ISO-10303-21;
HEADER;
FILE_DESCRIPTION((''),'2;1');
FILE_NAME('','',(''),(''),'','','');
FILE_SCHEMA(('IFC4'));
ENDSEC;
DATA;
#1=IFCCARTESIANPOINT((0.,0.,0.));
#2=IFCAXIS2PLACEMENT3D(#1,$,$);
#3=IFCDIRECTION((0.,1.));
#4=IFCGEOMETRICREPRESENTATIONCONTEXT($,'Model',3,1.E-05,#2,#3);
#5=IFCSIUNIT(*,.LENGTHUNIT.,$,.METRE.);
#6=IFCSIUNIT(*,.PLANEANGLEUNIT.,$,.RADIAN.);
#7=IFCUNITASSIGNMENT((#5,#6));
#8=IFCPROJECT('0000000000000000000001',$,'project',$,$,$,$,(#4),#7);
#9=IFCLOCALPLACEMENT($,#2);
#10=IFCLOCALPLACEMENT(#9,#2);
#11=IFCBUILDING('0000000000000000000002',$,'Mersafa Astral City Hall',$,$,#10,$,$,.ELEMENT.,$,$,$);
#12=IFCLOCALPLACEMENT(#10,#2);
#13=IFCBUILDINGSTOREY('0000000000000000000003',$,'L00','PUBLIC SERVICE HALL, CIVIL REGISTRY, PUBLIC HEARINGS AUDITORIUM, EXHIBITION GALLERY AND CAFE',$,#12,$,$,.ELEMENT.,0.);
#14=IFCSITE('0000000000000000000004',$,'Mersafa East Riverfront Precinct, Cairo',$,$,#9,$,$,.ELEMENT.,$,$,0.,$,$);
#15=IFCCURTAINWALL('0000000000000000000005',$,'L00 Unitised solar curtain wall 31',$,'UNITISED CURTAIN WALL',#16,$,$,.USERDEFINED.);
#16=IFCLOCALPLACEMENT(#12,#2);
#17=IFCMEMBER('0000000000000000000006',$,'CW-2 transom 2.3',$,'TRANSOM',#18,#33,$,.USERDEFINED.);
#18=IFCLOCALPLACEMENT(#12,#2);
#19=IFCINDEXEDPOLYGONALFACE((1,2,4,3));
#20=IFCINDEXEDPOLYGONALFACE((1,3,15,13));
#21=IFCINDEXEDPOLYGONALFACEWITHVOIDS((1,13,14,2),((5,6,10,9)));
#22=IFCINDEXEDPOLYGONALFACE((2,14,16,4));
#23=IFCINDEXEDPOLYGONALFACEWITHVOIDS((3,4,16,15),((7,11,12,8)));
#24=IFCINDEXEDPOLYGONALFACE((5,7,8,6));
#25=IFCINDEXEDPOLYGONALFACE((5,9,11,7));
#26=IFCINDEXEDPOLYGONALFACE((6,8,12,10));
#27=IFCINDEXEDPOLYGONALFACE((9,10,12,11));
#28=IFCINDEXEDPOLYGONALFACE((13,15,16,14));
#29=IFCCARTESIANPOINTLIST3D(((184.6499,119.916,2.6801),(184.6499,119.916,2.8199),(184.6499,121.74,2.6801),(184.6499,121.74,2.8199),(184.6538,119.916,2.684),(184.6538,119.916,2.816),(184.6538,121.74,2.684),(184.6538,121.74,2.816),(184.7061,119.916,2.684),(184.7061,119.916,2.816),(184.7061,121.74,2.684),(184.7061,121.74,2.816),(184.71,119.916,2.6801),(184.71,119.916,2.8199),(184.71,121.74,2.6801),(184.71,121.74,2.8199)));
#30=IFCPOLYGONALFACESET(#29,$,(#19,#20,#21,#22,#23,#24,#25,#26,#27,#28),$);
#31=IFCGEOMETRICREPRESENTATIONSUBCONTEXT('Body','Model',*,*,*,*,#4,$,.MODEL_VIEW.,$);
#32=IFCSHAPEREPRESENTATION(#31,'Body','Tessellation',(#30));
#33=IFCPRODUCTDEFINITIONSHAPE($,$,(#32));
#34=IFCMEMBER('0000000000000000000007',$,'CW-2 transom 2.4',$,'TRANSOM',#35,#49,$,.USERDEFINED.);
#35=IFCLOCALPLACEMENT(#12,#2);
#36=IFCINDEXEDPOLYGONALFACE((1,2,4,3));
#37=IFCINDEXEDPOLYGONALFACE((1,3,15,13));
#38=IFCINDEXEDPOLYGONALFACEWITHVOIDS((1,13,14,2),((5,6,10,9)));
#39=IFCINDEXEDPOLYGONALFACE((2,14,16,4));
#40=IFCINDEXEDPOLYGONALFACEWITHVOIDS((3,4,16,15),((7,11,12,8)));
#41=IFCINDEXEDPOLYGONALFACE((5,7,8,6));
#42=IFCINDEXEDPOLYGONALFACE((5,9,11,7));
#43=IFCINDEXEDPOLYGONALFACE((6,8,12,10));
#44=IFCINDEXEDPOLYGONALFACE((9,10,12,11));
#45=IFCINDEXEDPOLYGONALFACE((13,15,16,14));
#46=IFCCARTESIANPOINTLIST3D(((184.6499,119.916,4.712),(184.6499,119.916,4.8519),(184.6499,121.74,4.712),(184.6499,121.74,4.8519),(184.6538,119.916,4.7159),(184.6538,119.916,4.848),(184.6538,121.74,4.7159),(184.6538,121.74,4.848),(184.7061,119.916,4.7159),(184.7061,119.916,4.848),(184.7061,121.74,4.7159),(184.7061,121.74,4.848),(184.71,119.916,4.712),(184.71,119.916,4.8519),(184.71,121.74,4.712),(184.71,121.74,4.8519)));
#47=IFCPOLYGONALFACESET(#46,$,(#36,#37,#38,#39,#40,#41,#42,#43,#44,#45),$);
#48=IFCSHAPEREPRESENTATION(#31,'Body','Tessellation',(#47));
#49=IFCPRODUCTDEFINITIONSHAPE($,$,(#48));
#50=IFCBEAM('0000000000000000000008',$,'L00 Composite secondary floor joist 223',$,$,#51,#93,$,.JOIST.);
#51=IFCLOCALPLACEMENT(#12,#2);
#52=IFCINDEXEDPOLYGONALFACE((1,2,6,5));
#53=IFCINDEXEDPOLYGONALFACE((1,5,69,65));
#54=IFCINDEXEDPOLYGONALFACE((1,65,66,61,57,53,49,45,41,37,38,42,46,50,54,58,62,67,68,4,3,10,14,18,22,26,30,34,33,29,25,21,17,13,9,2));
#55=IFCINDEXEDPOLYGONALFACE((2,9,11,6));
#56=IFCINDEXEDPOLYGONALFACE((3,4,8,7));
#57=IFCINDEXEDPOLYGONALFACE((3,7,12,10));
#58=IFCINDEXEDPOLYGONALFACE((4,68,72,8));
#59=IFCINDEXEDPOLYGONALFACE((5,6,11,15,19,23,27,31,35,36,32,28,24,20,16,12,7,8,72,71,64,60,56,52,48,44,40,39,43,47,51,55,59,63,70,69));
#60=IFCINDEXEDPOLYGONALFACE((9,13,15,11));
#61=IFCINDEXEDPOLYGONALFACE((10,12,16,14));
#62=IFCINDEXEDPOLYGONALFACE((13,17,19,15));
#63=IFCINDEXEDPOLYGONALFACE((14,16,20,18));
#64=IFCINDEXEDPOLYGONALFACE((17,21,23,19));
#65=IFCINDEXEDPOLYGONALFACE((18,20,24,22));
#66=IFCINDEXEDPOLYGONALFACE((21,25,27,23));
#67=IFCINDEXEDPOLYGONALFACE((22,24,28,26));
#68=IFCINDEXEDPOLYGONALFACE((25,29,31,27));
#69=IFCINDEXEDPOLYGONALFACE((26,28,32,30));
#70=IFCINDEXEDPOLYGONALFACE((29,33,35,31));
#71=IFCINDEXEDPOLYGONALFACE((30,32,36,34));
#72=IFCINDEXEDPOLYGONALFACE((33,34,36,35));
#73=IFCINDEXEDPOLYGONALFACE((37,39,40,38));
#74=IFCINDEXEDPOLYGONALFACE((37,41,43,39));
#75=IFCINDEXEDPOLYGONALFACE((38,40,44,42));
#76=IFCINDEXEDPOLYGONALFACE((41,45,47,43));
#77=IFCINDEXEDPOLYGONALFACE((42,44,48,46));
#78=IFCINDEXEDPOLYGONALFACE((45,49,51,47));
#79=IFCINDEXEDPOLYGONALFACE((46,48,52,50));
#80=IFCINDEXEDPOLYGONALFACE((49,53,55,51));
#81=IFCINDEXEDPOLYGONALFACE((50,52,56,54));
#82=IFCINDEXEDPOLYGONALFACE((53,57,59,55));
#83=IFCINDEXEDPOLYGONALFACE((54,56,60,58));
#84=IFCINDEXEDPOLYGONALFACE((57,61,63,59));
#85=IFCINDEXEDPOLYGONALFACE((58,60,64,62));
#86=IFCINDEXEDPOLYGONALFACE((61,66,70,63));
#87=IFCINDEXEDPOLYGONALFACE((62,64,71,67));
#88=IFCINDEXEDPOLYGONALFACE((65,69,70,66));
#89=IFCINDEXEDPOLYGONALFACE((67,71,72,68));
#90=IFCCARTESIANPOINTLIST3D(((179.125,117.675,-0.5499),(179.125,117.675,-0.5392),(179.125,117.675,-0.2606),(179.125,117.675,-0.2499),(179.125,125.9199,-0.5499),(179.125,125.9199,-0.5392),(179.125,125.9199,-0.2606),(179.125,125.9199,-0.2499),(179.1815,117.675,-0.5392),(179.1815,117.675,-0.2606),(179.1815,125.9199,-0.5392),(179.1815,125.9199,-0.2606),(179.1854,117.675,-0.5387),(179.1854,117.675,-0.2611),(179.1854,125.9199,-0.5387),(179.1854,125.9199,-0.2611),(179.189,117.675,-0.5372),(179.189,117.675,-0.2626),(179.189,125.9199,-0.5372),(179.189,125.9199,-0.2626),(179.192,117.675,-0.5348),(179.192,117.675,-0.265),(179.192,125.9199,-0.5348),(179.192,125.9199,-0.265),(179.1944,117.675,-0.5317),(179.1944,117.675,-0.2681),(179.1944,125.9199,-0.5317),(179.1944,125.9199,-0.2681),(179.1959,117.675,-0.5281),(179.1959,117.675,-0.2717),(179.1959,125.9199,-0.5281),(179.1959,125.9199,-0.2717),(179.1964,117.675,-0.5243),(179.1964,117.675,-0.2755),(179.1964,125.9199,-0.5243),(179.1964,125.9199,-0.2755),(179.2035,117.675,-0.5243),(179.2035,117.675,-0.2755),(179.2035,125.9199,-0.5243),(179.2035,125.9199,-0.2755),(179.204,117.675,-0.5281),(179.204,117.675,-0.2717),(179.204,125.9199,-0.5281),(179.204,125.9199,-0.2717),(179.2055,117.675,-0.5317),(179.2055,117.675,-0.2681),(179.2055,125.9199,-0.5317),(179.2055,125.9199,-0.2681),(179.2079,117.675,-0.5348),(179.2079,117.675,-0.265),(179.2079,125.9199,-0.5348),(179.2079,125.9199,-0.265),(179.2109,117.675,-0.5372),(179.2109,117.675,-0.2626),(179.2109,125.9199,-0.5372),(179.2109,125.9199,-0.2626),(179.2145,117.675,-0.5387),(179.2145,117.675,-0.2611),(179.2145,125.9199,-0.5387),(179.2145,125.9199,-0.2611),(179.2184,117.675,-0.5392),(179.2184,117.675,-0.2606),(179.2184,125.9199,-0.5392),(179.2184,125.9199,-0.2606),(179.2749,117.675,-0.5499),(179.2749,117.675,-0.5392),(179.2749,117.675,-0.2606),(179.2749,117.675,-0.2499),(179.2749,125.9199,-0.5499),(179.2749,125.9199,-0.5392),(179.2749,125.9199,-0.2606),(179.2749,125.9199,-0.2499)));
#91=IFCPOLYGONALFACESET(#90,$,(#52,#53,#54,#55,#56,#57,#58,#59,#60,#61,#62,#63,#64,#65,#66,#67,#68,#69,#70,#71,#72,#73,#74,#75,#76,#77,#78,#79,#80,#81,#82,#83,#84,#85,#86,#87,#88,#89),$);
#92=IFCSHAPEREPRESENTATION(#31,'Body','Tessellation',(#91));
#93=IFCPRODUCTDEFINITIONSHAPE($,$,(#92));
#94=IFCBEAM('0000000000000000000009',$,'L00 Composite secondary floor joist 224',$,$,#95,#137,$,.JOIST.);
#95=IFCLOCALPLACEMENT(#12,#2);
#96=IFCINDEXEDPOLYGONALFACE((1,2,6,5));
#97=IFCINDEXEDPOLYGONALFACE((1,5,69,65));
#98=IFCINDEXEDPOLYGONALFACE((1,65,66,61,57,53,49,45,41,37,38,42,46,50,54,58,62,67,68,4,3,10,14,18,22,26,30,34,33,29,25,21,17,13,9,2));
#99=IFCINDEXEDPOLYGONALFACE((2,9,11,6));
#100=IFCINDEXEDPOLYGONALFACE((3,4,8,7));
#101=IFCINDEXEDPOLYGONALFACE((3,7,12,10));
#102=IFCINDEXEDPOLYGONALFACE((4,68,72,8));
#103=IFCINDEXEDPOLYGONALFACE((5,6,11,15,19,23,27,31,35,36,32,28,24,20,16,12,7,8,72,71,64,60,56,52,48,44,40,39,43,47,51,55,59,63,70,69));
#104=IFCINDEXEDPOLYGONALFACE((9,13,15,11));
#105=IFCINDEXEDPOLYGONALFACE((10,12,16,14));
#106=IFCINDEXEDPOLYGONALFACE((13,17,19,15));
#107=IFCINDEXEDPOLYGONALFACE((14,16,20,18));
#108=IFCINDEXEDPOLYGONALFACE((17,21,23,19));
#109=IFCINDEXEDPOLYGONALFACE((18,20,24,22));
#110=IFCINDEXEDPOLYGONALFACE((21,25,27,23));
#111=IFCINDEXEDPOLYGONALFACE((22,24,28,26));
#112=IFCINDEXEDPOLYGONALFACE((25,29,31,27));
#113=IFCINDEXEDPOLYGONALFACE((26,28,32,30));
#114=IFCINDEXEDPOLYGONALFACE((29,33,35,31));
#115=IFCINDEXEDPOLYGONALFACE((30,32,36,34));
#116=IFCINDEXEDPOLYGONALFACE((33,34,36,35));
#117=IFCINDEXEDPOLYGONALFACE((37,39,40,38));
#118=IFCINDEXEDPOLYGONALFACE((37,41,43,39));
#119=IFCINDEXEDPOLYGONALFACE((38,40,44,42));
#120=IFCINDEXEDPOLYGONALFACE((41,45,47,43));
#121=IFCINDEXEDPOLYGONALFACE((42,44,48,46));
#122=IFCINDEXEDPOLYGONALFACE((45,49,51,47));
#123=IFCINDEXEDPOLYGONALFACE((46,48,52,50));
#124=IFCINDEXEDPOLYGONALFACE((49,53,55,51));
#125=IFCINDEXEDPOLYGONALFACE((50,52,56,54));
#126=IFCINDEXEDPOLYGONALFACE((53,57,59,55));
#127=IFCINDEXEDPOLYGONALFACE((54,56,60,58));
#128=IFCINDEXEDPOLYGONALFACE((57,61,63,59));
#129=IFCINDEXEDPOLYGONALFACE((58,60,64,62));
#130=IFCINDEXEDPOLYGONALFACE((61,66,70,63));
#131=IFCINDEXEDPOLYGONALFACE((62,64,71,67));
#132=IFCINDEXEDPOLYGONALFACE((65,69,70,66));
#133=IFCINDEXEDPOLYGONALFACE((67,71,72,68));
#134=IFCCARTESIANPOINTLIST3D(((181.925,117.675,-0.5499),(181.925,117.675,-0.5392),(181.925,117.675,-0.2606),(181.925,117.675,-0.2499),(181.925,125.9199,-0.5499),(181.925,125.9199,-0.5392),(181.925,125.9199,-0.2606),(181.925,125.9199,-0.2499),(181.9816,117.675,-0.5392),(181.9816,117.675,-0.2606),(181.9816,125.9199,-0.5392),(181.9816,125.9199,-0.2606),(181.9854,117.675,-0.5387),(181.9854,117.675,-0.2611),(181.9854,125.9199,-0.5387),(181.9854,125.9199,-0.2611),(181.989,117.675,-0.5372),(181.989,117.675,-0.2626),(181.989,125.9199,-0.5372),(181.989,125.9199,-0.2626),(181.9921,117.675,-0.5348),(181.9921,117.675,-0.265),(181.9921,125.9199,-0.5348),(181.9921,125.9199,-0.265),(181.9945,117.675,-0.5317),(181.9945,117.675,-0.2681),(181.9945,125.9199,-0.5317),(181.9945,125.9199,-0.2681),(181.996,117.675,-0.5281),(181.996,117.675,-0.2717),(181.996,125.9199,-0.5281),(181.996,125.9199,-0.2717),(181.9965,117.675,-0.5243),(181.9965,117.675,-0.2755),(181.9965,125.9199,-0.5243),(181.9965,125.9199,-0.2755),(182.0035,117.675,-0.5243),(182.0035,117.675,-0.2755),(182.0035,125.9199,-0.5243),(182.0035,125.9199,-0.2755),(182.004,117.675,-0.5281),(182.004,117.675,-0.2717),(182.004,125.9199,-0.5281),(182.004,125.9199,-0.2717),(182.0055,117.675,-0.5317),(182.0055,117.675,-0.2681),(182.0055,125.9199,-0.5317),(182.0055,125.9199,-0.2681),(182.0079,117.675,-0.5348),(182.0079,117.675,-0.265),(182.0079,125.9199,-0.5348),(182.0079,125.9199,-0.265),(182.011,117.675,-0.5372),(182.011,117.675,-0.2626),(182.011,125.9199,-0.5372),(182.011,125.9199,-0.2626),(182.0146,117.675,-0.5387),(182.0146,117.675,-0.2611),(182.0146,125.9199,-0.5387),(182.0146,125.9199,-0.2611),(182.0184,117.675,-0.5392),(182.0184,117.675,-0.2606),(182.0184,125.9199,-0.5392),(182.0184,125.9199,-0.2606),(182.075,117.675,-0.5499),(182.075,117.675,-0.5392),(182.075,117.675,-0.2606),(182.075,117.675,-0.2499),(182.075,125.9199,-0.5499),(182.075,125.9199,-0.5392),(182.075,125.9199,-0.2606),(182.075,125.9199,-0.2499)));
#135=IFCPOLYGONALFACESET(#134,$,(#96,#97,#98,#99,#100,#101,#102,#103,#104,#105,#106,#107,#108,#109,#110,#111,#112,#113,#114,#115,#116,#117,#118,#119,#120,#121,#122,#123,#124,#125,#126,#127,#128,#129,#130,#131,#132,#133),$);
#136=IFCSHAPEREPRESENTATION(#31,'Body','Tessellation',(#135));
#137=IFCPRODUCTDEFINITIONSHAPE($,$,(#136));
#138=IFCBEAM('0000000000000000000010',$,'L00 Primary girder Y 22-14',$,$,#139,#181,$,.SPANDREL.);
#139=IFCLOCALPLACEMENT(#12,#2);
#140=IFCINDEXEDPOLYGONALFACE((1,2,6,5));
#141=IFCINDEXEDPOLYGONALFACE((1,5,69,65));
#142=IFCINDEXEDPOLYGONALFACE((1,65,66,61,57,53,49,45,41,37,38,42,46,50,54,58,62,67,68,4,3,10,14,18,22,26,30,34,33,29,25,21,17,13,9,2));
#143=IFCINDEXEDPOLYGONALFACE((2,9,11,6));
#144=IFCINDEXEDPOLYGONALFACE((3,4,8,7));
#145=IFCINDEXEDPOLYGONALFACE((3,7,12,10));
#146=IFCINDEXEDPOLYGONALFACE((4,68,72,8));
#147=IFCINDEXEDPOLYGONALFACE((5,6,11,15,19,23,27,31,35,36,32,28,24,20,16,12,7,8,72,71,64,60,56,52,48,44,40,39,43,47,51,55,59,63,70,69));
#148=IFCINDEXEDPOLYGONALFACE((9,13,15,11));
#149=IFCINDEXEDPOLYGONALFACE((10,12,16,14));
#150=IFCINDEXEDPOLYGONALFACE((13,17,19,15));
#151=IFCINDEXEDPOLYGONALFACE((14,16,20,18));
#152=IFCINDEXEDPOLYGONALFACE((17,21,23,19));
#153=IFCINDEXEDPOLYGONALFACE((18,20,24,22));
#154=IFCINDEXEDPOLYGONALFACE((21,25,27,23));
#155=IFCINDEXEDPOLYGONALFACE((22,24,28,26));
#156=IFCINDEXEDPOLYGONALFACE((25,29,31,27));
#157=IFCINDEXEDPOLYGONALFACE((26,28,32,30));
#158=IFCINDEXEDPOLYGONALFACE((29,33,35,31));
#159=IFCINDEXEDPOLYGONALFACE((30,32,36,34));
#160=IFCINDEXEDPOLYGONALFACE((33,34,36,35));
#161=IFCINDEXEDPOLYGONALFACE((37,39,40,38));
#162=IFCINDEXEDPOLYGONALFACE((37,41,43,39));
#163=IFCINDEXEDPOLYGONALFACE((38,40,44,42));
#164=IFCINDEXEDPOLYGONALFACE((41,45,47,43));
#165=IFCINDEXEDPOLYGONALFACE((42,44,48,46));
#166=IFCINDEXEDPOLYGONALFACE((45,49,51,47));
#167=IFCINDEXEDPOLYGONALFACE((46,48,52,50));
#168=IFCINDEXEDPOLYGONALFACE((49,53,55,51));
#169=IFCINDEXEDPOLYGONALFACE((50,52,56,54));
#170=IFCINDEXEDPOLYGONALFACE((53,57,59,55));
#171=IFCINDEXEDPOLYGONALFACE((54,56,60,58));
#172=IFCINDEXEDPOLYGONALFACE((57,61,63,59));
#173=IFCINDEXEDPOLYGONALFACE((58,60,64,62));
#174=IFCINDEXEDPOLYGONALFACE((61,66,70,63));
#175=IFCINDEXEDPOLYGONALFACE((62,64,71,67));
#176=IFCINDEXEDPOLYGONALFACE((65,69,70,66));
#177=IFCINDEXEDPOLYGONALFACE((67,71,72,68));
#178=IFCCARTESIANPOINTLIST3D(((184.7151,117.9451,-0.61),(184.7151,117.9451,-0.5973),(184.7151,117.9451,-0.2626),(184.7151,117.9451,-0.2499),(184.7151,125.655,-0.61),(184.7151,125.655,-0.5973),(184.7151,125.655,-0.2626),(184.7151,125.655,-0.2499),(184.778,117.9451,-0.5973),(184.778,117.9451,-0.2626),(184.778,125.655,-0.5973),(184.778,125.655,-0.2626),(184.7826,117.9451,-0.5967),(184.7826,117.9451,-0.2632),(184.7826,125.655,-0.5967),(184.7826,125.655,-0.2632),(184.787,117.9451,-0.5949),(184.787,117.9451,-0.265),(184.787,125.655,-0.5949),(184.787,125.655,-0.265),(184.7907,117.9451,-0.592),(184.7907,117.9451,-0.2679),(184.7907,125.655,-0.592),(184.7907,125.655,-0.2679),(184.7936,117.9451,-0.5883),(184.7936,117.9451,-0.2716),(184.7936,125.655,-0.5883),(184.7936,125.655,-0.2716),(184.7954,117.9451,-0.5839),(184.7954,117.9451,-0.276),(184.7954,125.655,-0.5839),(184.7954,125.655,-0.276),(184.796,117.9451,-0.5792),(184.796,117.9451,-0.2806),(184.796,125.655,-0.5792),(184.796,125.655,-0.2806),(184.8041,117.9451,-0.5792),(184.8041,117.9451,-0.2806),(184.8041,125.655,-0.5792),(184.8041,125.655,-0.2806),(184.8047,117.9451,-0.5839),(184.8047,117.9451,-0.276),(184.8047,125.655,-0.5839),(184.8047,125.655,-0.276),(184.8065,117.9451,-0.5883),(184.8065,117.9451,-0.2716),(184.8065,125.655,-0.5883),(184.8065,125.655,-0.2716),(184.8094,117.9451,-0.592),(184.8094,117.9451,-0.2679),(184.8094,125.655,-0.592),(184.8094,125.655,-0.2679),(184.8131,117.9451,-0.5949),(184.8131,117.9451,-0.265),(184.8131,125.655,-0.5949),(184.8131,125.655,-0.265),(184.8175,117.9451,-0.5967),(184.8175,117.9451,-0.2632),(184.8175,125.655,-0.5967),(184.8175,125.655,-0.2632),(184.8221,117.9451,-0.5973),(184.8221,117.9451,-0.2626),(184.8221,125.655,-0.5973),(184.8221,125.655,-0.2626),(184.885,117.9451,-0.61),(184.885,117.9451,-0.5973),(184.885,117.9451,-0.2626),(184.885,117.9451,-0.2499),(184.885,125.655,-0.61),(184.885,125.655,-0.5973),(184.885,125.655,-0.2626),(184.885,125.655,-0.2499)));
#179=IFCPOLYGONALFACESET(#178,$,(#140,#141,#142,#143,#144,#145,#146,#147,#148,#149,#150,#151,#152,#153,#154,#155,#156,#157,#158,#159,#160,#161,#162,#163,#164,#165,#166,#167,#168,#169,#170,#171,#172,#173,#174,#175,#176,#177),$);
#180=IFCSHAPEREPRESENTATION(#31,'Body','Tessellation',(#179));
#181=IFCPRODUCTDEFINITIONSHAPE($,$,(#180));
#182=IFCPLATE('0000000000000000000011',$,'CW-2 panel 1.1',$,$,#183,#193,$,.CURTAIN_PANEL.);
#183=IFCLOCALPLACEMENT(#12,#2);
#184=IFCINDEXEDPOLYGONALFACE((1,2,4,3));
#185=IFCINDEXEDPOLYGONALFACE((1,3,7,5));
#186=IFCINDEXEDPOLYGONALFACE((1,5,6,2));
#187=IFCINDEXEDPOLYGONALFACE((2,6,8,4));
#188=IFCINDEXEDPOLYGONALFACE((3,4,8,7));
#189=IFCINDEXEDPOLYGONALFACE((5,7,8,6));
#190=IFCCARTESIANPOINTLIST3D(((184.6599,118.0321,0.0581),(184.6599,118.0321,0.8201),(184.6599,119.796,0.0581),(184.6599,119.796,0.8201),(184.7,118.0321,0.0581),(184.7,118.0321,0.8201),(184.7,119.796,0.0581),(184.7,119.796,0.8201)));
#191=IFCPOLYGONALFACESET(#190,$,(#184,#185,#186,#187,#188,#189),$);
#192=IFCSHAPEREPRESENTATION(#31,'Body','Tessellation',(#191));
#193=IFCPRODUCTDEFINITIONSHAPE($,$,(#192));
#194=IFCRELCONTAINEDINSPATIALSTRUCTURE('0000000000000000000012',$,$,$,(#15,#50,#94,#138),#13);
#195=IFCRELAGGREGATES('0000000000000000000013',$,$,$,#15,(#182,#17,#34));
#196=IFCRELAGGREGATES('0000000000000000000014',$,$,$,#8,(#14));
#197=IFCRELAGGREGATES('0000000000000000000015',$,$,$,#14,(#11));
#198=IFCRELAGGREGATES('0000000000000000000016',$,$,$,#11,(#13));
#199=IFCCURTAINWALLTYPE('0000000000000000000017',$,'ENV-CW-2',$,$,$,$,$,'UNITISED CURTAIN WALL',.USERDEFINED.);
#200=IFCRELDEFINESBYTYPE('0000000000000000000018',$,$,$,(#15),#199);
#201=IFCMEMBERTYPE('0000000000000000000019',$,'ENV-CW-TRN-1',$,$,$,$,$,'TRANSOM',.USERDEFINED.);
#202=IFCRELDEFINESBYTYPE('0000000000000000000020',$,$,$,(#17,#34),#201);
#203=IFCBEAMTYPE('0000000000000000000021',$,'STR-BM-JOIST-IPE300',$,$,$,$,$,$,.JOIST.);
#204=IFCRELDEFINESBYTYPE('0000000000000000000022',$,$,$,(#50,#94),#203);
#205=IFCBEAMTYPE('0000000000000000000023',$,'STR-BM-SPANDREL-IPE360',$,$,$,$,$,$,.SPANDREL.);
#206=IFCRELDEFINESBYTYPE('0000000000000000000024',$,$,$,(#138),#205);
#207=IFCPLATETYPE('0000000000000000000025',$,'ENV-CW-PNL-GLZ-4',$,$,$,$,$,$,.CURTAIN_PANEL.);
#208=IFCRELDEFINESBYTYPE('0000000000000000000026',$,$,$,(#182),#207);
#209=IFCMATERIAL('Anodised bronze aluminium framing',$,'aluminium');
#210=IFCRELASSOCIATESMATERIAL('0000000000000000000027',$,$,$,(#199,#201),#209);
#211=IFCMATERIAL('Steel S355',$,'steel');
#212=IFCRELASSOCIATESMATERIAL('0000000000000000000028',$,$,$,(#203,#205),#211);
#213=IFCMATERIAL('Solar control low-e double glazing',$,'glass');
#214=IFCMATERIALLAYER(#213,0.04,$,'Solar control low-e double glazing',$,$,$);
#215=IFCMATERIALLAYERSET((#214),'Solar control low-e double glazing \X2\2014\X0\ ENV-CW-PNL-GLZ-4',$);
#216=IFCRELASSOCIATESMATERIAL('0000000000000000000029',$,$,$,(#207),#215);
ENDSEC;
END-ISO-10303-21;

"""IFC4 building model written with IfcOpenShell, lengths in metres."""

from ifc_helpers import new_model, si_unit, direction, frame, origin, origin_2d, place, context, subcontext, project, spatial, rectangle, hollow_rectangle, i_section, extrude, material, layer, layer_set, material_profile, profile_set, type_object, element, aggregate, save


model = new_model("IFC4")

# Units and contexts
model_context = context("Model", 3, precision=1e-05, world=origin(), true_north=direction((0.0, 1.0)))
body_context = subcontext(model_context, "Body", "Model", "MODEL_VIEW")
ifc_project = project(units=[si_unit("LENGTHUNIT", "METRE"), si_unit("PLANEANGLEUNIT", "RADIAN")], contexts=[model_context])

# Site, building, storey
site_placement = place(None, origin())
site = spatial("IfcSite", under=ifc_project, at=site_placement, Name="Mersafa East Riverfront Precinct, Cairo", CompositionType="ELEMENT", RefElevation=0.0)
building_placement = place(site_placement, origin())
building = spatial("IfcBuilding", under=site, at=building_placement, Name="Mersafa Astral City Hall", CompositionType="ELEMENT")
storey_placement = place(building_placement, origin())
storey = spatial("IfcBuildingStorey", under=building, at=storey_placement, Name="L00", Description="PUBLIC SERVICE HALL, CIVIL REGISTRY, PUBLIC HEARINGS AUDITORIUM, EXHIBITION GALLERY AND CAFE", CompositionType="ELEMENT", Elevation=0.0)

# Shared definitions
ifc_material_1 = material(Name="Steel S355", Category="steel")

# Curtain wall, members
ifc_material_2 = material(Name="Anodised bronze aluminium framing", Category="aluminium")
curtain_wall_type = type_object("IfcCurtainWallType", Name="ENV-CW-2", ElementType="UNITISED CURTAIN WALL", PredefinedType="USERDEFINED", material=ifc_material_2)
curtain_wall_placement = place(storey_placement, origin())
curtain_wall = element("IfcCurtainWall", 1, at=curtain_wall_placement, inside=storey, type_object=curtain_wall_type, Name="L00 Unitised solar curtain wall 31", ObjectType="UNITISED CURTAIN WALL", PredefinedType="USERDEFINED")
ifc_material_profile_1 = material_profile(ifc_material_2, hollow_rectangle(XDim=0.0601, YDim=0.1399, WallThickness=0.0039, at=origin_2d()), Name="RHS 60x140x4")
ifc_profile_set_1 = profile_set([ifc_material_profile_1], Name="Anodised bronze aluminium framing")
member_type_1 = type_object("IfcMemberType", Name="ENV-CW-TRN-1", ElementType="TRANSOM", PredefinedType="USERDEFINED", material=ifc_profile_set_1)
member_1_placement = place(storey_placement, frame((184.6799, 119.916, 2.75), z_axis=(0.0, 1.0, 0.0), x_axis=(-1.0, 0.0, 0.0)))
member_1 = element("IfcMember", 2, at=member_1_placement, type_object=member_type_1, Name="CW-2 transom 2.3", ObjectType="TRANSOM", PredefinedType="USERDEFINED", context=body_context, shape_type="SweptSolid", body=[
    extrude(hollow_rectangle(XDim=0.0601, YDim=0.1399, WallThickness=0.0039, at=origin_2d()), origin(), (0.0, 0.0, 1.0), 1.824),
])
member_2_placement = place(storey_placement, frame((184.6799, 119.916, 4.782), z_axis=(0.0, 1.0, 0.0), x_axis=(-1.0, 0.0, 0.0)))
member_2 = element("IfcMember", 3, at=member_2_placement, type_object=member_type_1, Name="CW-2 transom 2.4", ObjectType="TRANSOM", PredefinedType="USERDEFINED", context=body_context, shape_type="SweptSolid", body=[
    extrude(hollow_rectangle(XDim=0.0601, YDim=0.1399, WallThickness=0.0039, at=origin_2d()), origin(), (0.0, 0.0, 1.0), 1.824),
])

# Beams
ifc_material_profile_2 = material_profile(ifc_material_1, i_section(OverallWidth=0.1499, OverallDepth=0.3, WebThickness=0.0071, FlangeThickness=0.0107, FilletRadius=0.0149, at=origin_2d()), Name="IPE 300")
ifc_profile_set_2 = profile_set([ifc_material_profile_2], Name="Steel S355")
beam_type_1 = type_object("IfcBeamType", Name="STR-BM-JOIST-IPE300", PredefinedType="JOIST", material=ifc_profile_set_2)
for number, where, z_axis, x_axis, name in (
    (4, (179.2, 117.675, -0.3999), (0.0, 1.0, 0.0), (-1.0, 0.0, 0.0), "L00 Composite secondary floor joist 223"),
    (5, (182.0, 117.675, -0.3999), (0.0, 1.0, 0.0), (-1.0, 0.0, 0.0), "L00 Composite secondary floor joist 224"),
):
    element("IfcBeam", number, at=place(storey_placement, frame(where, z_axis=z_axis, x_axis=x_axis)), inside=storey, type_object=beam_type_1, Name=name, PredefinedType="JOIST", context=body_context, shape_type="SweptSolid", body=[
        extrude(i_section(OverallWidth=0.1499, OverallDepth=0.3, WebThickness=0.0071, FlangeThickness=0.0107, FilletRadius=0.0149, at=origin_2d()), origin(), (0.0, 0.0, 1.0), 8.2449),
    ])
ifc_material_profile_3 = material_profile(ifc_material_1, i_section(OverallWidth=0.1699, OverallDepth=0.3601, WebThickness=0.0081, FlangeThickness=0.0127, FilletRadius=0.0181, at=origin_2d()), Name="IPE 360")
ifc_profile_set_3 = profile_set([ifc_material_profile_3], Name="Steel S355")
beam_type_2 = type_object("IfcBeamType", Name="STR-BM-SPANDREL-IPE360", PredefinedType="SPANDREL", material=ifc_profile_set_3)
beam_placement = place(storey_placement, frame((184.8, 117.9451, -0.4299), z_axis=(0.0, 1.0, 0.0), x_axis=(-1.0, 0.0, 0.0)))
element("IfcBeam", 6, at=beam_placement, inside=storey, type_object=beam_type_2, Name="L00 Primary girder Y 22-14", PredefinedType="SPANDREL", context=body_context, shape_type="SweptSolid", body=[
    extrude(i_section(OverallWidth=0.1699, OverallDepth=0.3601, WebThickness=0.0081, FlangeThickness=0.0127, FilletRadius=0.0181, at=origin_2d()), origin(), (0.0, 0.0, 1.0), 7.71),
])

# Plate
ifc_material_3 = material(Name="Solar control low-e double glazing", Category="glass")
ifc_layer_1 = layer(ifc_material_3, 0.04, Name="Solar control low-e double glazing")
ifc_layer_set_1 = layer_set([ifc_layer_1], Name="Solar control low-e double glazing — ENV-CW-PNL-GLZ-4")
plate_type = type_object("IfcPlateType", Name="ENV-CW-PNL-GLZ-4", PredefinedType="CURTAIN_PANEL", material=ifc_layer_set_1)
plate_1_placement = place(storey_placement, frame((184.6799, 118.9141, 0.0581), z_axis=(0.0, 0.0, 1.0), x_axis=(0.0, 1.0, 0.0)))
plate_1 = element("IfcPlate", 7, at=plate_1_placement, type_object=plate_type, Name="CW-2 panel 1.1", PredefinedType="CURTAIN_PANEL", context=body_context, shape_type="SweptSolid", body=[
    extrude(rectangle(XDim=1.7639, YDim=0.04, at=origin_2d()), origin(), (0.0, 0.0, 1.0), 0.762),
])
aggregate(curtain_wall, [plate_1, member_1, member_2])

save(model, "model.ifc")
